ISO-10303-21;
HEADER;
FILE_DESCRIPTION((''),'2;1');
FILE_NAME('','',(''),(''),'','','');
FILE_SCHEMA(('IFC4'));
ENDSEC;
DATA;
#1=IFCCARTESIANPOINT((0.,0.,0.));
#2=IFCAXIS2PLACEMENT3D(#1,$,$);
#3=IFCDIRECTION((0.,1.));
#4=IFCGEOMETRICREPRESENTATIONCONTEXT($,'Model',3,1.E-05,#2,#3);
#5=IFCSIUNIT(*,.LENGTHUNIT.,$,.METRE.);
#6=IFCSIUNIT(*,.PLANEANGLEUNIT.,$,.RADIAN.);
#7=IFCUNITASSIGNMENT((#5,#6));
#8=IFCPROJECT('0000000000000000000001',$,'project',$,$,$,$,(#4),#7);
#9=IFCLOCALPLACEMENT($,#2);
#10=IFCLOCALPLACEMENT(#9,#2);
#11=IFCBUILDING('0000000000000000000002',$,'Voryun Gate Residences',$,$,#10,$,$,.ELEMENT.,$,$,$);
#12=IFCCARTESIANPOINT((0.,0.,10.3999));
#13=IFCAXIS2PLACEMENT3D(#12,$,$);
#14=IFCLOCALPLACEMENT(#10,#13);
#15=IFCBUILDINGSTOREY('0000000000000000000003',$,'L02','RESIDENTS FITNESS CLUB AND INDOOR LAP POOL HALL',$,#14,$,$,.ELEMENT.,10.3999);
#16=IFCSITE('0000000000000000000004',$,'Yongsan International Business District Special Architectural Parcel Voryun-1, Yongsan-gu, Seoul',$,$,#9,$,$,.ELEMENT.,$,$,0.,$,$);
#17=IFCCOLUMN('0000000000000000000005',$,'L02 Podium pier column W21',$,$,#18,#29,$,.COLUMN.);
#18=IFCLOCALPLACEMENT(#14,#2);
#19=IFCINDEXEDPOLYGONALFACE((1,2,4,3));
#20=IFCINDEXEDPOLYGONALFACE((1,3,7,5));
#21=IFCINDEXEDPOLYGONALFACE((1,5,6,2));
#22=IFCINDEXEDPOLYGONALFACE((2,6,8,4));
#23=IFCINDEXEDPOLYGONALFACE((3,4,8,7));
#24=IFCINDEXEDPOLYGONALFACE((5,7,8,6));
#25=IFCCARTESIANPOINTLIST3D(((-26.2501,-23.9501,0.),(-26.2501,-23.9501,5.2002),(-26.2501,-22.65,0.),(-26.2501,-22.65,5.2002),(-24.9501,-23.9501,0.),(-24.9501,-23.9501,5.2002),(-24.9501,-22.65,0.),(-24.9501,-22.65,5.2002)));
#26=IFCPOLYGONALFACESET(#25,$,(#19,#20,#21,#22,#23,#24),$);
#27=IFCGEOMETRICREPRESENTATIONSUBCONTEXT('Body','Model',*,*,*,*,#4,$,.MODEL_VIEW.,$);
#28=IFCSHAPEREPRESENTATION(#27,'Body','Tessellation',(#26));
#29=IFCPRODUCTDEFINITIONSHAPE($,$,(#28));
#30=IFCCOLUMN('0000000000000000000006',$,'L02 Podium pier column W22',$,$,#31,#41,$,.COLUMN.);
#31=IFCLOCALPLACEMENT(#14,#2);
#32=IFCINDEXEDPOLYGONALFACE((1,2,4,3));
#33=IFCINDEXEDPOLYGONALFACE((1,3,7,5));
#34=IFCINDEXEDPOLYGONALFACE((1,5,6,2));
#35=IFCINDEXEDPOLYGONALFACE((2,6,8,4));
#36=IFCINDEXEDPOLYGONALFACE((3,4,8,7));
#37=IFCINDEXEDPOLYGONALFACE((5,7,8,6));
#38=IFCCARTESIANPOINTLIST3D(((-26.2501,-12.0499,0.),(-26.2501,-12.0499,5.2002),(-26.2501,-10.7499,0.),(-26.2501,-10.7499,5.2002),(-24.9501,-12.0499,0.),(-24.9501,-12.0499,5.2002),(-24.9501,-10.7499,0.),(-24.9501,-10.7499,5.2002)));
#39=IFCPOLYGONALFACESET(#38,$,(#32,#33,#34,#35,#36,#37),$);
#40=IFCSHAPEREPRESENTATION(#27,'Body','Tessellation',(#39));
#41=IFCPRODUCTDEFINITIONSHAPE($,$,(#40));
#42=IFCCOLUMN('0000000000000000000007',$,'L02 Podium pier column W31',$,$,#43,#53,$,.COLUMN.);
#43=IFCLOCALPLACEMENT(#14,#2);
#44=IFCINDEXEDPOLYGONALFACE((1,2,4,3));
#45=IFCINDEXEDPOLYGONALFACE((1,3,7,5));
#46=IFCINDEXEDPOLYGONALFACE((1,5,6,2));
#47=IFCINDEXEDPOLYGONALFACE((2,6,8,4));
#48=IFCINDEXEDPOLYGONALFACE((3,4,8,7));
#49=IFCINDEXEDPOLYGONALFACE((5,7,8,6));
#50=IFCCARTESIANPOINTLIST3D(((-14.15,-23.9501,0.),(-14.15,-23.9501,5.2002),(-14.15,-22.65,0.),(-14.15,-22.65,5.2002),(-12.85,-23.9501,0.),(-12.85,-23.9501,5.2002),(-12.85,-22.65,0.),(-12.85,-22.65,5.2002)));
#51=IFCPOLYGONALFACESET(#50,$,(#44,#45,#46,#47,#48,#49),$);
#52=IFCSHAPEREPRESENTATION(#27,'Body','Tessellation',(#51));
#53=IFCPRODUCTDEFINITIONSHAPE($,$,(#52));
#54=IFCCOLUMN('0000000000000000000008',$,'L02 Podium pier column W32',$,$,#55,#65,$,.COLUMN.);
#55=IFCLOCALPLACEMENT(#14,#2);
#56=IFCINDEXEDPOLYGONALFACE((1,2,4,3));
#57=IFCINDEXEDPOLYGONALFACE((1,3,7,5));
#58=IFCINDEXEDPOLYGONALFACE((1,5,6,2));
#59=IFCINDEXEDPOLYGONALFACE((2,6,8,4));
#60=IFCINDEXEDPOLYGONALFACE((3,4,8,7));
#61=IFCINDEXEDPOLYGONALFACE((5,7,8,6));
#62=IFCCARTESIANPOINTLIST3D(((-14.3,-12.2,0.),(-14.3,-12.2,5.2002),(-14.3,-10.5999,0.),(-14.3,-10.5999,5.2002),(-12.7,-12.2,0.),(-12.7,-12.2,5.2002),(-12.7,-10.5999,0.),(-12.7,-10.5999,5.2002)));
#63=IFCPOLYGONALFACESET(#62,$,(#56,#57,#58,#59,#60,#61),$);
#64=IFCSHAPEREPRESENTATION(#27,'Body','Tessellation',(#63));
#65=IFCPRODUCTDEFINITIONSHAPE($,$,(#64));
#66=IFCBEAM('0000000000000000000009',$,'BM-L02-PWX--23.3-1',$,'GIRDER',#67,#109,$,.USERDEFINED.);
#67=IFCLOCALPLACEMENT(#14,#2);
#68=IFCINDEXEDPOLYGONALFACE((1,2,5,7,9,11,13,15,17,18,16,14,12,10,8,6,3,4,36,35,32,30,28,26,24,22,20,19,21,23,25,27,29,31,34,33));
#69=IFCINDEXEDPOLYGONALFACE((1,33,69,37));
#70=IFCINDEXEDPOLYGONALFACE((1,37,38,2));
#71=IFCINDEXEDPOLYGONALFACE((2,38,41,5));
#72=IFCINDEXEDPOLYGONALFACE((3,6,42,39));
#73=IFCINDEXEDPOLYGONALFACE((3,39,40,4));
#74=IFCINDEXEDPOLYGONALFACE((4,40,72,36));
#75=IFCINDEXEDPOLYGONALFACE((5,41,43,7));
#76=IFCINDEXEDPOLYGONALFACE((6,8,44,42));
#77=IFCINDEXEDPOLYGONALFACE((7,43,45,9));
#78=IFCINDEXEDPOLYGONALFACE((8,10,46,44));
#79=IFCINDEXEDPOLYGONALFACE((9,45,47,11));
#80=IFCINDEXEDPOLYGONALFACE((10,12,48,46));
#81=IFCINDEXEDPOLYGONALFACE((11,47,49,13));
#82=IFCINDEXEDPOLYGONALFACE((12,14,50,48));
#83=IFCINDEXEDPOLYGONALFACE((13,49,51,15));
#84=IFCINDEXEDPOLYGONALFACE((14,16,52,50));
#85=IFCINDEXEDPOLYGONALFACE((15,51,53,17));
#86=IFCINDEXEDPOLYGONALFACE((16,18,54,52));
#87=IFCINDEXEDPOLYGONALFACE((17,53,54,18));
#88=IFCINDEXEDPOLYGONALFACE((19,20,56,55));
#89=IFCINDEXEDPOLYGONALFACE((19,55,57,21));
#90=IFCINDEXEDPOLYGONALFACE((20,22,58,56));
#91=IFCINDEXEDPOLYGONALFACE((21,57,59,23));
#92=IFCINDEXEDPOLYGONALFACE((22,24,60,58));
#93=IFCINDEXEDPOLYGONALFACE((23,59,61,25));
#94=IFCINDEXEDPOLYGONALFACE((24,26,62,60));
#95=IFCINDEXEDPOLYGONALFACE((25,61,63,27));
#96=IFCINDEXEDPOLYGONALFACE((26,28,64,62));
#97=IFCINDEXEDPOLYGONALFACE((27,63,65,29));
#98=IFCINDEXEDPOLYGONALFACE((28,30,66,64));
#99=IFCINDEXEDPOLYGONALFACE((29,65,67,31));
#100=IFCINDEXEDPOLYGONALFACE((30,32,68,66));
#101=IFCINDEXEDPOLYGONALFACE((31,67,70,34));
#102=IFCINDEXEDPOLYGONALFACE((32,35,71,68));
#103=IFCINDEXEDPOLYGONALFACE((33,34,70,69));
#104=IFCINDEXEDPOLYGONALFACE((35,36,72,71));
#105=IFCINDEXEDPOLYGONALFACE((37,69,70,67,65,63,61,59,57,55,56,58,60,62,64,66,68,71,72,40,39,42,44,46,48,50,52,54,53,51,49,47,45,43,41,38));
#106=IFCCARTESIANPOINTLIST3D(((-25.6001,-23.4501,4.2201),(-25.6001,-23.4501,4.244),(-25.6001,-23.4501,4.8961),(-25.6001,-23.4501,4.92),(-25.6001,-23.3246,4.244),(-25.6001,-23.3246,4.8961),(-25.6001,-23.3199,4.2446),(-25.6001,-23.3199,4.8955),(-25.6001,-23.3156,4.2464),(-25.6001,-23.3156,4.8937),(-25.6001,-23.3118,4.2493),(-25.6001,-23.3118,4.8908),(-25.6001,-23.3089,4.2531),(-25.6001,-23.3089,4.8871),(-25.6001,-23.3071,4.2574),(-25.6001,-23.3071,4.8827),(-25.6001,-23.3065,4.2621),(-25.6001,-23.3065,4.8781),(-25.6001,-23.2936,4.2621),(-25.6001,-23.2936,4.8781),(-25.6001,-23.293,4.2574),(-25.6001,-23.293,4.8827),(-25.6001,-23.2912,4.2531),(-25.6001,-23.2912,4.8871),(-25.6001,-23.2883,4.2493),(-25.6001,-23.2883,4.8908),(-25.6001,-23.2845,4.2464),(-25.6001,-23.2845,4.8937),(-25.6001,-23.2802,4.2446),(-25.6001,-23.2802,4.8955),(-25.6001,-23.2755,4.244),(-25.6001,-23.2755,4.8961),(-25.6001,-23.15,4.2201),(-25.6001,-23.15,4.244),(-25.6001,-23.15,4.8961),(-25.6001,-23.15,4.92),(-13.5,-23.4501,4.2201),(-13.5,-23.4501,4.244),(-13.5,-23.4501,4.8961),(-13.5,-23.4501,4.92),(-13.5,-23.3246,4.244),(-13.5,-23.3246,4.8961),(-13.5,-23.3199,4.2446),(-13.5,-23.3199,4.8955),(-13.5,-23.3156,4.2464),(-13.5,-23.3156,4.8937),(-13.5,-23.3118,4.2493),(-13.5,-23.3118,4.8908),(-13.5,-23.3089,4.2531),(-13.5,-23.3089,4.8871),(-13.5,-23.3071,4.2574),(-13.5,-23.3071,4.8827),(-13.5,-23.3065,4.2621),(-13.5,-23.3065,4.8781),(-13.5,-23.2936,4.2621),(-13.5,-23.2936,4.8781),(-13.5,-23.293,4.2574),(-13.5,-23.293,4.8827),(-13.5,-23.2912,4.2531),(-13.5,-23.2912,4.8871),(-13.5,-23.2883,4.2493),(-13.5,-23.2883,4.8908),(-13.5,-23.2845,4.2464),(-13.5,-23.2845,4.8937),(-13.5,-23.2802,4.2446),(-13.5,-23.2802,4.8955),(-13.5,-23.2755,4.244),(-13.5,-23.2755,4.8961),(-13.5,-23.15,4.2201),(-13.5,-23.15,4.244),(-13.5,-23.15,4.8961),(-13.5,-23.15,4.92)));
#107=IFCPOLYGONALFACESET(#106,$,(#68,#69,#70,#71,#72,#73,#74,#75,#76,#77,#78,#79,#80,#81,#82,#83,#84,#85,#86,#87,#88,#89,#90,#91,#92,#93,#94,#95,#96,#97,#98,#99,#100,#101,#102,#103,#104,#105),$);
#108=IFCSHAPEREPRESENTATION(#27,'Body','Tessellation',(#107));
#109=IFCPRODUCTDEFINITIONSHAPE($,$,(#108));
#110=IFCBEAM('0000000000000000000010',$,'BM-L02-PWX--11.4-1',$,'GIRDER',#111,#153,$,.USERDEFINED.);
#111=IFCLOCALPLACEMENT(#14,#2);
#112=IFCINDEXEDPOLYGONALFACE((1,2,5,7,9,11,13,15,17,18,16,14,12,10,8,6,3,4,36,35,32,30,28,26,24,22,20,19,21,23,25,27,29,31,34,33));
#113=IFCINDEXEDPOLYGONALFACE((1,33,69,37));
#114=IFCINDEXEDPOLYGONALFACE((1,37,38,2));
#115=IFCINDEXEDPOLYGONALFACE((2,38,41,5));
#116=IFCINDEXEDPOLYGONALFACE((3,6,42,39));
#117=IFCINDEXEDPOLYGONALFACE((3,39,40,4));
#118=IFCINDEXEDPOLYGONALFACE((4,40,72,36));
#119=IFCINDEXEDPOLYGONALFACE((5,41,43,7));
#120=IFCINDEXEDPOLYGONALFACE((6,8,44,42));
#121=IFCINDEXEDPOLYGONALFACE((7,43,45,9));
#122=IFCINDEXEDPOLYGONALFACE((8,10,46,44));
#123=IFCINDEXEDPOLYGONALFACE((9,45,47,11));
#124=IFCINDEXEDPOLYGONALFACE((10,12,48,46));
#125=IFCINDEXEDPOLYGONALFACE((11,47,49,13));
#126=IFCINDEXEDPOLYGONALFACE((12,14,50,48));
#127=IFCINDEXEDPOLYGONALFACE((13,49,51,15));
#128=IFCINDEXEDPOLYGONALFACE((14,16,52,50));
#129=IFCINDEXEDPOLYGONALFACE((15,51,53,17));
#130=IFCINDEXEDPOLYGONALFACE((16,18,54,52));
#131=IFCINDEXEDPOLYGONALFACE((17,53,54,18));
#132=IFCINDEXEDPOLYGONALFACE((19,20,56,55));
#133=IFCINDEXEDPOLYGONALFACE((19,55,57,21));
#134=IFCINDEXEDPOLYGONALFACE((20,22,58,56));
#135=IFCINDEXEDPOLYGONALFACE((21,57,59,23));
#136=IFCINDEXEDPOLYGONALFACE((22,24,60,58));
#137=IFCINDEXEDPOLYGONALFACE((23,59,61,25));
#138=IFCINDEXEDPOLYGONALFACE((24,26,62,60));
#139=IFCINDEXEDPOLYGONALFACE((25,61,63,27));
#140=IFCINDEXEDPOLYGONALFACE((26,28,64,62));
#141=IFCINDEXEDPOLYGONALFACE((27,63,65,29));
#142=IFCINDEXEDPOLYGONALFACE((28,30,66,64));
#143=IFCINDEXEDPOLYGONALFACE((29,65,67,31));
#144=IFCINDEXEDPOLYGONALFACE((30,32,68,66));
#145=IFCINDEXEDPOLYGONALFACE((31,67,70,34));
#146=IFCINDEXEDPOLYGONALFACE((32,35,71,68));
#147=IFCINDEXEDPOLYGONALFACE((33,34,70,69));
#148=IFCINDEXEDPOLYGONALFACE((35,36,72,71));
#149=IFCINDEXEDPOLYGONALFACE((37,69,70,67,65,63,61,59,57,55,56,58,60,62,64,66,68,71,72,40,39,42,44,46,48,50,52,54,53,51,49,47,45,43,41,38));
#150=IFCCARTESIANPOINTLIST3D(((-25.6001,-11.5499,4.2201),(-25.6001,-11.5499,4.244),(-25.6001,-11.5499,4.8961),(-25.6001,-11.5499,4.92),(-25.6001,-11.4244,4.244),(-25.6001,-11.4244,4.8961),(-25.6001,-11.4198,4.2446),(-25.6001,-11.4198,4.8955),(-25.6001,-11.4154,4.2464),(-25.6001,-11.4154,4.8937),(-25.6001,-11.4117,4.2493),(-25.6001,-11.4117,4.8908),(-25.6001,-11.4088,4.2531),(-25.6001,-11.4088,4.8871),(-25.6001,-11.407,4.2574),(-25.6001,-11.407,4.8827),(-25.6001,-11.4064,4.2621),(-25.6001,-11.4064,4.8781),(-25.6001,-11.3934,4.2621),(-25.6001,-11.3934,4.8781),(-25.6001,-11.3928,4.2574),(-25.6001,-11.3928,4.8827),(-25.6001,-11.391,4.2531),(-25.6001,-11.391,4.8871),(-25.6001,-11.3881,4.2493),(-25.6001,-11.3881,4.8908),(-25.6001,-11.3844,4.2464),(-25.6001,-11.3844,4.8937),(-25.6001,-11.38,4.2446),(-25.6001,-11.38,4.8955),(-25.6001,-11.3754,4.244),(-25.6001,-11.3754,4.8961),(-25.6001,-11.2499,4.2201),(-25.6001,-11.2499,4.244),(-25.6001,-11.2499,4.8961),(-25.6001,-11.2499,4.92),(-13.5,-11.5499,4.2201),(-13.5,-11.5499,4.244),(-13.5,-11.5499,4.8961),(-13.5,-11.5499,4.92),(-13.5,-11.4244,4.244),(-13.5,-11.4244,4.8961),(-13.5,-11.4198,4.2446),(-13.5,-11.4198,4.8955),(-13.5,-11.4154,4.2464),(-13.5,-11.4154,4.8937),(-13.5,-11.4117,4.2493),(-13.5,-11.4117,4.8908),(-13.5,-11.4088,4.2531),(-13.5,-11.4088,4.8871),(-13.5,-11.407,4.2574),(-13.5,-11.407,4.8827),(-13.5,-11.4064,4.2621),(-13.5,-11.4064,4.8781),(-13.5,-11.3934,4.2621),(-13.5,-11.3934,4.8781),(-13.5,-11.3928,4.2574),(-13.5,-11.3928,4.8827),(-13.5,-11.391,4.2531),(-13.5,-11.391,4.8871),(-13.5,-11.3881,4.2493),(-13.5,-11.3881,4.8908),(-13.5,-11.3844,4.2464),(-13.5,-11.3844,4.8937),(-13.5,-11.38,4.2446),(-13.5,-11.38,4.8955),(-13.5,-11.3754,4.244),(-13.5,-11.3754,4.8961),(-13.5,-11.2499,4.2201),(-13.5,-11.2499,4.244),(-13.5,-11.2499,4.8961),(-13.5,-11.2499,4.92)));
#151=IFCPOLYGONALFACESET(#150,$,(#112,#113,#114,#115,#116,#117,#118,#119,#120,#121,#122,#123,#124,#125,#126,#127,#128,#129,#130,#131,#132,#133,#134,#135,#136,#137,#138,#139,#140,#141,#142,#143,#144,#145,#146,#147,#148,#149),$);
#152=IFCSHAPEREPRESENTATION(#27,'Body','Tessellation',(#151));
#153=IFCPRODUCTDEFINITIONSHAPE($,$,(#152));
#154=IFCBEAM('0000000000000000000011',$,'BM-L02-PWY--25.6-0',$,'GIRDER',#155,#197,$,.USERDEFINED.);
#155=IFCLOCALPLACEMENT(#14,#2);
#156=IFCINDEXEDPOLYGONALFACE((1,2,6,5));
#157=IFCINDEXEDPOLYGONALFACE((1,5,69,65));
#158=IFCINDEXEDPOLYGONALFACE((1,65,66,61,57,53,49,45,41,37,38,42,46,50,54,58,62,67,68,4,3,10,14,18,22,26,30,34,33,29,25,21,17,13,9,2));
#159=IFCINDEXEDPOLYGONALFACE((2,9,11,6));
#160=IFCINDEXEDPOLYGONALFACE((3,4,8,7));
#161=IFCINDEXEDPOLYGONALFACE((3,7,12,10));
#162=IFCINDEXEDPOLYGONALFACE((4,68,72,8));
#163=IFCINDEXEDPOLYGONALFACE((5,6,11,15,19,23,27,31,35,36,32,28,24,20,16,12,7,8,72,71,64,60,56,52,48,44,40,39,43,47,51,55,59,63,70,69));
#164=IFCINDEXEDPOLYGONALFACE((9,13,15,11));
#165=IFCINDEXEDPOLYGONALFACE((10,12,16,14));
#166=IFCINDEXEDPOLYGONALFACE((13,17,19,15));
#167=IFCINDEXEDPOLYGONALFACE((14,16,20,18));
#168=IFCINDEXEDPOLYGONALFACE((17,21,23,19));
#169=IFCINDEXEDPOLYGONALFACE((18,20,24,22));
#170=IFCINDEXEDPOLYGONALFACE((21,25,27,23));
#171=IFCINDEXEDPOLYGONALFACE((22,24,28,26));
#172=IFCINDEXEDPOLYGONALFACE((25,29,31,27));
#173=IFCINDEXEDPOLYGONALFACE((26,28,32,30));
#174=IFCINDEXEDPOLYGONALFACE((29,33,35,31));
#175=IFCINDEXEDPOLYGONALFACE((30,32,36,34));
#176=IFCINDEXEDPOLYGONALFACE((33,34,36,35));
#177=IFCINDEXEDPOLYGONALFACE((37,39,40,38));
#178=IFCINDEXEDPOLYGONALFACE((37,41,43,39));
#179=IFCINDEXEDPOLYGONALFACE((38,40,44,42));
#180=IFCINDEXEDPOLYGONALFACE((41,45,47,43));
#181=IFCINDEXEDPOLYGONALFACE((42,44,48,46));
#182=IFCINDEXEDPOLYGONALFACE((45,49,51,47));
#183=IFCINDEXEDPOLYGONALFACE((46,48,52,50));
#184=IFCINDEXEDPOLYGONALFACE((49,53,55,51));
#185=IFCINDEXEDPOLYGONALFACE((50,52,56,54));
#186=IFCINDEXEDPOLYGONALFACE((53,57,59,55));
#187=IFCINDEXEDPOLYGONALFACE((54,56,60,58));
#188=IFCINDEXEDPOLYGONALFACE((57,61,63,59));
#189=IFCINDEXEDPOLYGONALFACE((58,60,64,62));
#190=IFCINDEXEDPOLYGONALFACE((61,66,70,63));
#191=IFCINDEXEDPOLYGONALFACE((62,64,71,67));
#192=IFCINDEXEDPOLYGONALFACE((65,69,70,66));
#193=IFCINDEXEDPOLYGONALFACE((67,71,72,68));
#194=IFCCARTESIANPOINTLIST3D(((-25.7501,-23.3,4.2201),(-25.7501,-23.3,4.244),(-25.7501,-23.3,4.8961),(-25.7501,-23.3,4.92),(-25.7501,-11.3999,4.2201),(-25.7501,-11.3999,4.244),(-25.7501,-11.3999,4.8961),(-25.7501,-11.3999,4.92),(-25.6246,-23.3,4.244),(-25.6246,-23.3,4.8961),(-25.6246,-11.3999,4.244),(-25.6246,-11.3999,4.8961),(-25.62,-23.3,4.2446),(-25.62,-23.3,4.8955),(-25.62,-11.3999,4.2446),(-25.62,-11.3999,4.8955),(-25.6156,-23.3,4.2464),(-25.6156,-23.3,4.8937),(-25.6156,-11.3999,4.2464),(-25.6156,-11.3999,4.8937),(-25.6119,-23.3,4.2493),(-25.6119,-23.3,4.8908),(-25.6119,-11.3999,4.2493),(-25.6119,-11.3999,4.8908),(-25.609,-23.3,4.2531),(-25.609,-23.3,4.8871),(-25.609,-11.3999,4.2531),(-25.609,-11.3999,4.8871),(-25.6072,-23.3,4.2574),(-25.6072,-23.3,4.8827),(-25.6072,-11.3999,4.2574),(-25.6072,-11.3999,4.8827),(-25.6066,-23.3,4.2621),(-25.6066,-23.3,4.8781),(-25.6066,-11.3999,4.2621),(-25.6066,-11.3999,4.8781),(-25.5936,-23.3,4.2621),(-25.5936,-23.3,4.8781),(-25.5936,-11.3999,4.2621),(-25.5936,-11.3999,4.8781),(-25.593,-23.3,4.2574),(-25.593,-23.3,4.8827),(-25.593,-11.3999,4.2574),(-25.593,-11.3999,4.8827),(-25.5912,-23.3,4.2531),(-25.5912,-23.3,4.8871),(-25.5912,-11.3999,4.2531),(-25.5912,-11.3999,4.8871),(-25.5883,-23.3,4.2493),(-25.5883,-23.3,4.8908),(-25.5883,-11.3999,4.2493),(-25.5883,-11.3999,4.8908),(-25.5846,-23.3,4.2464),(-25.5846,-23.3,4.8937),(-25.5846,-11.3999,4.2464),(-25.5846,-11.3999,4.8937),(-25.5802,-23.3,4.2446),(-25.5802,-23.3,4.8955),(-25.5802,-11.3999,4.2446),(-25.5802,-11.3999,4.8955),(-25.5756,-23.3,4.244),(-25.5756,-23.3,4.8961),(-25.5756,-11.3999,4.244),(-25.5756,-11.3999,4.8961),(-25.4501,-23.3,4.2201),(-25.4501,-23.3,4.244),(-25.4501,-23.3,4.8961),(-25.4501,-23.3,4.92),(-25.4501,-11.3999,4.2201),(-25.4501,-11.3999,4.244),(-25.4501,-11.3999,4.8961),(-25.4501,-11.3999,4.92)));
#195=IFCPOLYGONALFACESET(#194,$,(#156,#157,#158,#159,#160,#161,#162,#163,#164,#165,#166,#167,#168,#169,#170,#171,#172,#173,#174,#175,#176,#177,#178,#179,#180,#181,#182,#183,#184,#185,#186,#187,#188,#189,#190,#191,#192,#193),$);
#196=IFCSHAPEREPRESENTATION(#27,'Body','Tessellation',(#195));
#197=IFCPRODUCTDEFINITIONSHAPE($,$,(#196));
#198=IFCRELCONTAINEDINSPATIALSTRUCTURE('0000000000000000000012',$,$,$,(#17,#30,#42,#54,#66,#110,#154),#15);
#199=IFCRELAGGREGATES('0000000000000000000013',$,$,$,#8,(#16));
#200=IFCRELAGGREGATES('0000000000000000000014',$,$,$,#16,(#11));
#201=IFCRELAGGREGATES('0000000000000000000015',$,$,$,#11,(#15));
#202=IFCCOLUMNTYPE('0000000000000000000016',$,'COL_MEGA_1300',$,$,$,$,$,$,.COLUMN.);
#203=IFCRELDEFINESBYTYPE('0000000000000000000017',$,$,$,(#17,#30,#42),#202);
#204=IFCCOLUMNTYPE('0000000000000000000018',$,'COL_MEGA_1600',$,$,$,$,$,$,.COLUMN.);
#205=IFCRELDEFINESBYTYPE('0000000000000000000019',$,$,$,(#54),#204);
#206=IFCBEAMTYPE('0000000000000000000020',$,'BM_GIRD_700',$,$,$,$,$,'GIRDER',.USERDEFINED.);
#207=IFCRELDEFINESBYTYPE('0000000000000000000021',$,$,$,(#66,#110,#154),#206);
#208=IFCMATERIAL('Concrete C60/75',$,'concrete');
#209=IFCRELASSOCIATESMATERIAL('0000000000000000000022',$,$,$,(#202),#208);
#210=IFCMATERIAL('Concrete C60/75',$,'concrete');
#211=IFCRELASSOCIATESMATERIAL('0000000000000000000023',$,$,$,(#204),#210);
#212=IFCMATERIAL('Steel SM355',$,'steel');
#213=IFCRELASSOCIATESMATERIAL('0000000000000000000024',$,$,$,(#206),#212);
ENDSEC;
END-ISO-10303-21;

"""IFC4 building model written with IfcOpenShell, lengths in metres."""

from ifc_helpers import new_model, si_unit, direction, frame, origin, origin_2d, place, context, subcontext, project, spatial, rectangle, i_section, extrude, material, material_profile, profile_set, type_object, element, save


model = new_model("IFC4")

# Units and contexts
model_context = context("Model", 3, precision=1e-05, world=origin(), true_north=direction((0.0, 1.0)))
body_context = subcontext(model_context, "Body", "Model", "MODEL_VIEW")
ifc_project = project(units=[si_unit("LENGTHUNIT", "METRE"), si_unit("PLANEANGLEUNIT", "RADIAN")], contexts=[model_context])

# Site, building, storey
site_placement = place(None, origin())
site = spatial("IfcSite", under=ifc_project, at=site_placement, Name="Yongsan International Business District Special Architectural Parcel Voryun-1, Yongsan-gu, Seoul", CompositionType="ELEMENT", RefElevation=0.0)
building_placement = place(site_placement, origin())
building = spatial("IfcBuilding", under=site, at=building_placement, Name="Voryun Gate Residences", CompositionType="ELEMENT")
storey_placement = place(building_placement, frame((0.0, 0.0, 10.3999)))
storey = spatial("IfcBuildingStorey", under=building, at=storey_placement, Name="L02", Description="RESIDENTS FITNESS CLUB AND INDOOR LAP POOL HALL", CompositionType="ELEMENT", Elevation=10.3999)

# Columns
ifc_material_1 = material(Name="Concrete C60/75", Category="concrete")
ifc_material_profile_1 = material_profile(ifc_material_1, rectangle(XDim=1.3, YDim=1.3, at=origin_2d()), Name="RC-1300x1300")
ifc_profile_set_1 = profile_set([ifc_material_profile_1], Name="Concrete C60/75")
column_type_1 = type_object("IfcColumnType", Name="COL_MEGA_1300", PredefinedType="COLUMN", material=ifc_profile_set_1)
for number, where, z_axis, x_axis, name in (
    (1, (-25.6001, -23.3, 0.0), (0.0, 0.0, 1.0), (1.0, 0.0, 0.0), "L02 Podium pier column W21"),
    (2, (-25.6001, -11.3999, 0.0), (0.0, 0.0, 1.0), (1.0, 0.0, 0.0), "L02 Podium pier column W22"),
    (3, (-13.5, -23.3, 0.0), (0.0, 0.0, 1.0), (1.0, 0.0, 0.0), "L02 Podium pier column W31"),
):
    element("IfcColumn", number, at=place(storey_placement, frame(where, z_axis=z_axis, x_axis=x_axis)), inside=storey, type_object=column_type_1, Name=name, PredefinedType="COLUMN", context=body_context, shape_type="SweptSolid", body=[
        extrude(rectangle(XDim=1.3, YDim=1.3, at=origin_2d()), origin(), (0.0, 0.0, 1.0), 5.2002),
    ])
ifc_material_2 = material(Name="Concrete C60/75", Category="concrete")
ifc_material_profile_2 = material_profile(ifc_material_2, rectangle(XDim=1.6001, YDim=1.6001, at=origin_2d()), Name="RC-1600x1600")
ifc_profile_set_2 = profile_set([ifc_material_profile_2], Name="Concrete C60/75")
column_type_2 = type_object("IfcColumnType", Name="COL_MEGA_1600", PredefinedType="COLUMN", material=ifc_profile_set_2)
column_placement = place(storey_placement, frame((-13.5, -11.3999, 0.0), z_axis=(0.0, 0.0, 1.0), x_axis=(1.0, 0.0, 0.0)))
element("IfcColumn", 4, at=column_placement, inside=storey, type_object=column_type_2, Name="L02 Podium pier column W32", PredefinedType="COLUMN", context=body_context, shape_type="SweptSolid", body=[
    extrude(rectangle(XDim=1.6001, YDim=1.6001, at=origin_2d()), origin(), (0.0, 0.0, 1.0), 5.2002),
])

# Beams
ifc_material_3 = material(Name="Steel SM355", Category="steel")
ifc_material_profile_3 = material_profile(ifc_material_3, i_section(OverallWidth=0.3, OverallDepth=0.7, WebThickness=0.0129, FlangeThickness=0.0239, FilletRadius=0.0181, at=origin_2d()), Name="H-700x300x13x24")
ifc_profile_set_3 = profile_set([ifc_material_profile_3], Name="Steel SM355")
beam_type = type_object("IfcBeamType", Name="BM_GIRD_700", ElementType="GIRDER", PredefinedType="USERDEFINED", material=ifc_profile_set_3)
for number, where, z_axis, x_axis, name in (
    (5, (-25.6001, -23.3, 4.5701), (1.0, 0.0, 0.0), (0.0, 1.0, 0.0), "BM-L02-PWX--23.3-1"),
    (6, (-25.6001, -11.3999, 4.5701), (1.0, 0.0, 0.0), (0.0, 1.0, 0.0), "BM-L02-PWX--11.4-1"),
):
    element("IfcBeam", number, at=place(storey_placement, frame(where, z_axis=z_axis, x_axis=x_axis)), inside=storey, type_object=beam_type, Name=name, ObjectType="GIRDER", PredefinedType="USERDEFINED", context=body_context, shape_type="SweptSolid", body=[
        extrude(i_section(OverallWidth=0.3, OverallDepth=0.7, WebThickness=0.0129, FlangeThickness=0.0239, FilletRadius=0.0181, at=origin_2d()), origin(), (0.0, 0.0, 1.0), 12.1001),
    ])
beam_1_placement = place(storey_placement, frame((-25.6001, -23.3, 4.5701), z_axis=(0.0, 1.0, 0.0), x_axis=(-1.0, 0.0, 0.0)))
element("IfcBeam", 7, at=beam_1_placement, inside=storey, type_object=beam_type, Name="BM-L02-PWY--25.6-0", ObjectType="GIRDER", PredefinedType="USERDEFINED", context=body_context, shape_type="SweptSolid", body=[
    extrude(i_section(OverallWidth=0.3, OverallDepth=0.7, WebThickness=0.0129, FlangeThickness=0.0239, FilletRadius=0.0181, at=origin_2d()), origin(), (0.0, 0.0, 1.0), 11.9001),
])

save(model, "model.ifc")
